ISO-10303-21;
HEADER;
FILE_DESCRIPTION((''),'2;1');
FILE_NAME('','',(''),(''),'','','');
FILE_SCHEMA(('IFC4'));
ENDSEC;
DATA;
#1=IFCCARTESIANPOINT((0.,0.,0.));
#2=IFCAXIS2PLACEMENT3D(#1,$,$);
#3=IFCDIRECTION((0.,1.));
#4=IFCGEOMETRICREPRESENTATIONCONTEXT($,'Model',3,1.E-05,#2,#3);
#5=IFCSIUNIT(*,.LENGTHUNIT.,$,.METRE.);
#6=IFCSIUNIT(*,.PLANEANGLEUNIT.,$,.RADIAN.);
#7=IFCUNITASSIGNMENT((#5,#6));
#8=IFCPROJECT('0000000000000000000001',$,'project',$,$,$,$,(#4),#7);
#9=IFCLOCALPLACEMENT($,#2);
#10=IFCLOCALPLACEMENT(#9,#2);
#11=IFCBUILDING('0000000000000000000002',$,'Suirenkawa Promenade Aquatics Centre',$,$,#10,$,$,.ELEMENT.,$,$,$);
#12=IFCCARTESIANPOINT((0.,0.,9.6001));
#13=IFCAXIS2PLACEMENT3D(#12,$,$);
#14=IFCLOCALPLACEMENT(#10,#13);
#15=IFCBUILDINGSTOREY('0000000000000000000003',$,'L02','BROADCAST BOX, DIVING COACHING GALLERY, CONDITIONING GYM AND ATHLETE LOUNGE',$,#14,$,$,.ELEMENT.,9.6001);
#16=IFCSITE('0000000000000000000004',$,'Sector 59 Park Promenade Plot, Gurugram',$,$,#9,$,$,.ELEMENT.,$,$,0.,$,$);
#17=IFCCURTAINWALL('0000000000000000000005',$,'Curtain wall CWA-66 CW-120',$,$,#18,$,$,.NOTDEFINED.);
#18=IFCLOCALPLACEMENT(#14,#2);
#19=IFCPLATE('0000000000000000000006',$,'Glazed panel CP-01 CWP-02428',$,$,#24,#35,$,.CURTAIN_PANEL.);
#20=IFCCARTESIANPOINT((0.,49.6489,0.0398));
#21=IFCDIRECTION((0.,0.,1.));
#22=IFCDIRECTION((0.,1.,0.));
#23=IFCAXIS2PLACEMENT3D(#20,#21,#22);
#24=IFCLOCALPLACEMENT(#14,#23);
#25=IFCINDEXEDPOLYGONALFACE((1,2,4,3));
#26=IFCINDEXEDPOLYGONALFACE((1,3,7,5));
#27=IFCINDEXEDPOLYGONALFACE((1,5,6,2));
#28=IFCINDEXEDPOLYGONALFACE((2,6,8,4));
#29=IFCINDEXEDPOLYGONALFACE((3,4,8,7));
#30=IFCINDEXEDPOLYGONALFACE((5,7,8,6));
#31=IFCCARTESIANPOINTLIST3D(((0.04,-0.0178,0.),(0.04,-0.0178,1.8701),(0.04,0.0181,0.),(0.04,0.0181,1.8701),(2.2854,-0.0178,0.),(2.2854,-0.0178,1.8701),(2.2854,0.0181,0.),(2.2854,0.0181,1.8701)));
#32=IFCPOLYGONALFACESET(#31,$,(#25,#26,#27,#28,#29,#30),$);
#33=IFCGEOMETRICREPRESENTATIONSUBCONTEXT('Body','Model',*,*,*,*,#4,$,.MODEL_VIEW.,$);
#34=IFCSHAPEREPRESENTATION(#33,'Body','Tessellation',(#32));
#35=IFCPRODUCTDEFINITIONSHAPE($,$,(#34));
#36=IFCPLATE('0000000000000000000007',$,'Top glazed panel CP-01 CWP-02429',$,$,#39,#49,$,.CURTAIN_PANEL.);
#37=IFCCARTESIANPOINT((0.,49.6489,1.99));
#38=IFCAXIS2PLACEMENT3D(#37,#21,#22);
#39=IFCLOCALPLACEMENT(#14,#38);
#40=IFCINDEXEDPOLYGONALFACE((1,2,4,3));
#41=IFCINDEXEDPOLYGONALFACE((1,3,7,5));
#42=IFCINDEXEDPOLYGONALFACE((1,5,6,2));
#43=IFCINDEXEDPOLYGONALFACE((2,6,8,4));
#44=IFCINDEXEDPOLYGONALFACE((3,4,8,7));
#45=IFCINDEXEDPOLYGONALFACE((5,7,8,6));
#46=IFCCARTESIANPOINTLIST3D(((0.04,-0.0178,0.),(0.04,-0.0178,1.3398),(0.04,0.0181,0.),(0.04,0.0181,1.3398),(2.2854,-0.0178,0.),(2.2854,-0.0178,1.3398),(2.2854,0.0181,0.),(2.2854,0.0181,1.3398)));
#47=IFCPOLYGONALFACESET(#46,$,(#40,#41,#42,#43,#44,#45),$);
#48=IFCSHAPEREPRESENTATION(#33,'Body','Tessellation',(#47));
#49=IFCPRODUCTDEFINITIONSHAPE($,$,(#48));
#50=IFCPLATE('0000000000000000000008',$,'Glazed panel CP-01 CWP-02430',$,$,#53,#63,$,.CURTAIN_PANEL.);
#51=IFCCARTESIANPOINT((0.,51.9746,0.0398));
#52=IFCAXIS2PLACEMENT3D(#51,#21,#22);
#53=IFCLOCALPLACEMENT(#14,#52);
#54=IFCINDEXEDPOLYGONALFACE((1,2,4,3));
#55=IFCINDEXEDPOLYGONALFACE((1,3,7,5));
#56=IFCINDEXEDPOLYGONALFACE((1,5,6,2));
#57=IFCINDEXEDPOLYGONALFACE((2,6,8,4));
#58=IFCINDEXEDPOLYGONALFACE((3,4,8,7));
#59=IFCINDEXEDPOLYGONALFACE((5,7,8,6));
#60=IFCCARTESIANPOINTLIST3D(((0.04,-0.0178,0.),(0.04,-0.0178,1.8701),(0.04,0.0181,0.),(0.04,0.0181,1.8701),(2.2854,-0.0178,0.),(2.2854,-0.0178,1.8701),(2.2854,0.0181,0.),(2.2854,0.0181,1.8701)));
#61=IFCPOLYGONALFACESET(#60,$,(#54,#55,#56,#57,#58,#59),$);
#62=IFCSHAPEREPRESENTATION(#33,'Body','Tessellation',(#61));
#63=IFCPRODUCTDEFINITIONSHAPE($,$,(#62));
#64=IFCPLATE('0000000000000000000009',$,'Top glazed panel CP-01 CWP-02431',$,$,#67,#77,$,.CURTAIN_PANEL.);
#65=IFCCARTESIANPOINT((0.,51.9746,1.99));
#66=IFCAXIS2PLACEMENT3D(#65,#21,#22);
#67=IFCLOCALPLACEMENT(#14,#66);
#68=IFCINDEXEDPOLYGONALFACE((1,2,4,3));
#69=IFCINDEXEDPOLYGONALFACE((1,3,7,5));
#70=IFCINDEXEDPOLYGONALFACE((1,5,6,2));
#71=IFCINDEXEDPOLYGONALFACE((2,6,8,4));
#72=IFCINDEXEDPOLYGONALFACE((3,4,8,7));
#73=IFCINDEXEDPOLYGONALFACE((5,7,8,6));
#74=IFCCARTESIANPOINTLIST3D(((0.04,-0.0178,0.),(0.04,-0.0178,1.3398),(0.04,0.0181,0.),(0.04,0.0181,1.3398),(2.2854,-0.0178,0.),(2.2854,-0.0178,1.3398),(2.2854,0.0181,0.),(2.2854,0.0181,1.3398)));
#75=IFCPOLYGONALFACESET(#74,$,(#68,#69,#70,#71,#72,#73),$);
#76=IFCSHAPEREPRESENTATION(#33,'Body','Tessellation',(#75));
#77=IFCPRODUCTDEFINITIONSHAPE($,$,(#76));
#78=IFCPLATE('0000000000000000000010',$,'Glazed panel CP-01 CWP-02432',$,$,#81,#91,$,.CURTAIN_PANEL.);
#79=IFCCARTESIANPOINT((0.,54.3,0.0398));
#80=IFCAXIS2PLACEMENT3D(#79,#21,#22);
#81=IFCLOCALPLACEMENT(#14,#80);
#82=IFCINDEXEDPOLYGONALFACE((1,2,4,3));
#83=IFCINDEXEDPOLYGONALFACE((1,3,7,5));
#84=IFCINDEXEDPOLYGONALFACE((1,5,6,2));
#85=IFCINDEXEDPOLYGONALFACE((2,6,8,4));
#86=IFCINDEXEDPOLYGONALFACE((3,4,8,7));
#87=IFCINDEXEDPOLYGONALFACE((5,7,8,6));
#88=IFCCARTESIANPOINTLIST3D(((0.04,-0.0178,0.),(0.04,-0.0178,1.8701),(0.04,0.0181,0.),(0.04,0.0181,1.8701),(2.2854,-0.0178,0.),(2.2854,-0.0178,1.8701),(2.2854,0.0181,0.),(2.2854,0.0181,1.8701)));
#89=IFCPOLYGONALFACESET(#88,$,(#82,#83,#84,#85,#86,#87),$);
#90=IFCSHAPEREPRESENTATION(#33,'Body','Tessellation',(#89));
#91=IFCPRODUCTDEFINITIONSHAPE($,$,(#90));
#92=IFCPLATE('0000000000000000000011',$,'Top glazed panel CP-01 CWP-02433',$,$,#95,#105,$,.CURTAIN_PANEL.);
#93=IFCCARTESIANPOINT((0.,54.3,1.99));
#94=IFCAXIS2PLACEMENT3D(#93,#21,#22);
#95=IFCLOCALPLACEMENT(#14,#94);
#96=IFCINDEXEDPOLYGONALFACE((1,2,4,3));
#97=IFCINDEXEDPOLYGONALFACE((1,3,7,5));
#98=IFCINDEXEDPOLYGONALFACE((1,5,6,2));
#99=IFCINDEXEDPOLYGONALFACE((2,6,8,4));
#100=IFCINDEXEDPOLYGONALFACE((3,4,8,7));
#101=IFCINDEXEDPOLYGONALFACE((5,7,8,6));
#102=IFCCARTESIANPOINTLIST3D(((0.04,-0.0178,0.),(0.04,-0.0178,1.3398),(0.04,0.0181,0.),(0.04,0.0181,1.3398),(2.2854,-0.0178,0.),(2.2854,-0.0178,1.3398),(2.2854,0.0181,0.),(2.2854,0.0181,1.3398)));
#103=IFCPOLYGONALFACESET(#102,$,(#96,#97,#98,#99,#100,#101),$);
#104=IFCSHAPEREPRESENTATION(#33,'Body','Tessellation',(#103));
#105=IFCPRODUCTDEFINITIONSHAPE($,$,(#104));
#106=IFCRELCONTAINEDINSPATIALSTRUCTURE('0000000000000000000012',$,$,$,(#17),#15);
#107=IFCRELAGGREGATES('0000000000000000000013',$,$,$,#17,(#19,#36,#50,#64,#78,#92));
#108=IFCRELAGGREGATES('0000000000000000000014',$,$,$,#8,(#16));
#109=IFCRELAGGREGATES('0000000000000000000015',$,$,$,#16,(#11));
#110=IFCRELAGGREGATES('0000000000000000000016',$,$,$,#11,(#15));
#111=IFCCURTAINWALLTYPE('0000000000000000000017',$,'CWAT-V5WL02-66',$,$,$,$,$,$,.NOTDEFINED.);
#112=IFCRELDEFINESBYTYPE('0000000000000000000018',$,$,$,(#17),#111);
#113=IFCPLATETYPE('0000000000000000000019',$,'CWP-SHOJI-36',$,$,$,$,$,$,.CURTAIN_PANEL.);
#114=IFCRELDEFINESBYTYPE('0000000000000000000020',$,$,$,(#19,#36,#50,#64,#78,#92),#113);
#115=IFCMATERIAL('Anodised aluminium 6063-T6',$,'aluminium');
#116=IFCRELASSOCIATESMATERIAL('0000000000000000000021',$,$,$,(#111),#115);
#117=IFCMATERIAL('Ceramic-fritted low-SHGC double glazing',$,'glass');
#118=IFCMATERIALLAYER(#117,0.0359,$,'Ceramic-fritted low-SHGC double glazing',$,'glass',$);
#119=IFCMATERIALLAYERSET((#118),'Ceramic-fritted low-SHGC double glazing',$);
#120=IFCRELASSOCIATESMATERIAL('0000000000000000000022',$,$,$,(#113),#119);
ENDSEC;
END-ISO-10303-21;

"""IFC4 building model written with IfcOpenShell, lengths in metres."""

from ifc_helpers import new_model, si_unit, direction, frame, origin, place, context, subcontext, project, spatial, polyline, outline, extrude, material, layer, layer_set, type_object, element, aggregate, save


model = new_model("IFC4")

# Units and contexts
model_context = context("Model", 3, precision=1e-05, world=origin(), true_north=direction((0.0, 1.0)))
body_context = subcontext(model_context, "Body", "Model", "MODEL_VIEW")
ifc_project = project(units=[si_unit("LENGTHUNIT", "METRE"), si_unit("PLANEANGLEUNIT", "RADIAN")], contexts=[model_context])

# Site, building, storey
site_placement = place(None, origin())
site = spatial("IfcSite", under=ifc_project, at=site_placement, Name="Sector 59 Park Promenade Plot, Gurugram", CompositionType="ELEMENT", RefElevation=0.0)
building_placement = place(site_placement, origin())
building = spatial("IfcBuilding", under=site, at=building_placement, Name="Suirenkawa Promenade Aquatics Centre", CompositionType="ELEMENT")
storey_placement = place(building_placement, frame((0.0, 0.0, 9.6001)))
storey = spatial("IfcBuildingStorey", under=building, at=storey_placement, Name="L02", Description="BROADCAST BOX, DIVING COACHING GALLERY, CONDITIONING GYM AND ATHLETE LOUNGE", CompositionType="ELEMENT", Elevation=9.6001)

# Curtain wall, plates
ifc_material_1 = material(Name="Anodised aluminium 6063-T6", Category="aluminium")
curtain_wall_type = type_object("IfcCurtainWallType", Name="CWAT-V5WL02-66", PredefinedType="NOTDEFINED", material=ifc_material_1)
curtain_wall_placement = place(storey_placement, origin())
curtain_wall = element("IfcCurtainWall", 1, at=curtain_wall_placement, inside=storey, type_object=curtain_wall_type, Name="Curtain wall CWA-66 CW-120", PredefinedType="NOTDEFINED")
ifc_material_2 = material(Name="Ceramic-fritted low-SHGC double glazing", Category="glass")
ifc_layer_1 = layer(ifc_material_2, 0.0359, Name="Ceramic-fritted low-SHGC double glazing", Category="glass")
ifc_layer_set_1 = layer_set([ifc_layer_1], Name="Ceramic-fritted low-SHGC double glazing")
plate_type = type_object("IfcPlateType", Name="CWP-SHOJI-36", PredefinedType="CURTAIN_PANEL", material=ifc_layer_set_1)
plate_1_placement = place(storey_placement, frame((0.0, 49.6489, 0.0398), z_axis=(0.0, 0.0, 1.0), x_axis=(0.0, 1.0, 0.0)))
plate_1 = element("IfcPlate", 2, at=plate_1_placement, type_object=plate_type, Name="Glazed panel CP-01 CWP-02428", PredefinedType="CURTAIN_PANEL", context=body_context, shape_type="SweptSolid", body=[
    extrude(outline(polyline([(0.04, 0.0), (2.2854, 0.0), (2.2854, 1.8701), (0.04, 1.8701), (0.04, 0.0)])), frame((0.0, 0.0181, 0.0), z_axis=(0.0, -1.0, 0.0), x_axis=(1.0, 0.0, 0.0)), (0.0, 0.0, 1.0), 0.0359),
])
plate_2_placement = place(storey_placement, frame((0.0, 49.6489, 1.99), z_axis=(0.0, 0.0, 1.0), x_axis=(0.0, 1.0, 0.0)))
plate_2 = element("IfcPlate", 3, at=plate_2_placement, type_object=plate_type, Name="Top glazed panel CP-01 CWP-02429", PredefinedType="CURTAIN_PANEL", context=body_context, shape_type="SweptSolid", body=[
    extrude(outline(polyline([(0.04, 0.0), (2.2854, 0.0), (2.2854, 1.3398), (0.04, 1.3398), (0.04, 0.0)])), frame((0.0, 0.0181, 0.0), z_axis=(0.0, -1.0, 0.0), x_axis=(1.0, 0.0, 0.0)), (0.0, 0.0, 1.0), 0.0359),
])
plate_3_placement = place(storey_placement, frame((0.0, 51.9746, 0.0398), z_axis=(0.0, 0.0, 1.0), x_axis=(0.0, 1.0, 0.0)))
plate_3 = element("IfcPlate", 4, at=plate_3_placement, type_object=plate_type, Name="Glazed panel CP-01 CWP-02430", PredefinedType="CURTAIN_PANEL", context=body_context, shape_type="SweptSolid", body=[
    extrude(outline(polyline([(0.04, 0.0), (2.2854, 0.0), (2.2854, 1.8701), (0.04, 1.8701), (0.04, 0.0)])), frame((0.0, 0.0181, 0.0), z_axis=(0.0, -1.0, 0.0), x_axis=(1.0, 0.0, 0.0)), (0.0, 0.0, 1.0), 0.0359),
])
plate_4_placement = place(storey_placement, frame((0.0, 51.9746, 1.99), z_axis=(0.0, 0.0, 1.0), x_axis=(0.0, 1.0, 0.0)))
plate_4 = element("IfcPlate", 5, at=plate_4_placement, type_object=plate_type, Name="Top glazed panel CP-01 CWP-02431", PredefinedType="CURTAIN_PANEL", context=body_context, shape_type="SweptSolid", body=[
    extrude(outline(polyline([(0.04, 0.0), (2.2854, 0.0), (2.2854, 1.3398), (0.04, 1.3398), (0.04, 0.0)])), frame((0.0, 0.0181, 0.0), z_axis=(0.0, -1.0, 0.0), x_axis=(1.0, 0.0, 0.0)), (0.0, 0.0, 1.0), 0.0359),
])
plate_5_placement = place(storey_placement, frame((0.0, 54.3, 0.0398), z_axis=(0.0, 0.0, 1.0), x_axis=(0.0, 1.0, 0.0)))
plate_5 = element("IfcPlate", 6, at=plate_5_placement, type_object=plate_type, Name="Glazed panel CP-01 CWP-02432", PredefinedType="CURTAIN_PANEL", context=body_context, shape_type="SweptSolid", body=[
    extrude(outline(polyline([(0.04, 0.0), (2.2854, 0.0), (2.2854, 1.8701), (0.04, 1.8701), (0.04, 0.0)])), frame((0.0, 0.0181, 0.0), z_axis=(0.0, -1.0, 0.0), x_axis=(1.0, 0.0, 0.0)), (0.0, 0.0, 1.0), 0.0359),
])
plate_6_placement = place(storey_placement, frame((0.0, 54.3, 1.99), z_axis=(0.0, 0.0, 1.0), x_axis=(0.0, 1.0, 0.0)))
plate_6 = element("IfcPlate", 7, at=plate_6_placement, type_object=plate_type, Name="Top glazed panel CP-01 CWP-02433", PredefinedType="CURTAIN_PANEL", context=body_context, shape_type="SweptSolid", body=[
    extrude(outline(polyline([(0.04, 0.0), (2.2854, 0.0), (2.2854, 1.3398), (0.04, 1.3398), (0.04, 0.0)])), frame((0.0, 0.0181, 0.0), z_axis=(0.0, -1.0, 0.0), x_axis=(1.0, 0.0, 0.0)), (0.0, 0.0, 1.0), 0.0359),
])
aggregate(curtain_wall, [plate_1, plate_2, plate_3, plate_4, plate_5, plate_6])

save(model, "model.ifc")
